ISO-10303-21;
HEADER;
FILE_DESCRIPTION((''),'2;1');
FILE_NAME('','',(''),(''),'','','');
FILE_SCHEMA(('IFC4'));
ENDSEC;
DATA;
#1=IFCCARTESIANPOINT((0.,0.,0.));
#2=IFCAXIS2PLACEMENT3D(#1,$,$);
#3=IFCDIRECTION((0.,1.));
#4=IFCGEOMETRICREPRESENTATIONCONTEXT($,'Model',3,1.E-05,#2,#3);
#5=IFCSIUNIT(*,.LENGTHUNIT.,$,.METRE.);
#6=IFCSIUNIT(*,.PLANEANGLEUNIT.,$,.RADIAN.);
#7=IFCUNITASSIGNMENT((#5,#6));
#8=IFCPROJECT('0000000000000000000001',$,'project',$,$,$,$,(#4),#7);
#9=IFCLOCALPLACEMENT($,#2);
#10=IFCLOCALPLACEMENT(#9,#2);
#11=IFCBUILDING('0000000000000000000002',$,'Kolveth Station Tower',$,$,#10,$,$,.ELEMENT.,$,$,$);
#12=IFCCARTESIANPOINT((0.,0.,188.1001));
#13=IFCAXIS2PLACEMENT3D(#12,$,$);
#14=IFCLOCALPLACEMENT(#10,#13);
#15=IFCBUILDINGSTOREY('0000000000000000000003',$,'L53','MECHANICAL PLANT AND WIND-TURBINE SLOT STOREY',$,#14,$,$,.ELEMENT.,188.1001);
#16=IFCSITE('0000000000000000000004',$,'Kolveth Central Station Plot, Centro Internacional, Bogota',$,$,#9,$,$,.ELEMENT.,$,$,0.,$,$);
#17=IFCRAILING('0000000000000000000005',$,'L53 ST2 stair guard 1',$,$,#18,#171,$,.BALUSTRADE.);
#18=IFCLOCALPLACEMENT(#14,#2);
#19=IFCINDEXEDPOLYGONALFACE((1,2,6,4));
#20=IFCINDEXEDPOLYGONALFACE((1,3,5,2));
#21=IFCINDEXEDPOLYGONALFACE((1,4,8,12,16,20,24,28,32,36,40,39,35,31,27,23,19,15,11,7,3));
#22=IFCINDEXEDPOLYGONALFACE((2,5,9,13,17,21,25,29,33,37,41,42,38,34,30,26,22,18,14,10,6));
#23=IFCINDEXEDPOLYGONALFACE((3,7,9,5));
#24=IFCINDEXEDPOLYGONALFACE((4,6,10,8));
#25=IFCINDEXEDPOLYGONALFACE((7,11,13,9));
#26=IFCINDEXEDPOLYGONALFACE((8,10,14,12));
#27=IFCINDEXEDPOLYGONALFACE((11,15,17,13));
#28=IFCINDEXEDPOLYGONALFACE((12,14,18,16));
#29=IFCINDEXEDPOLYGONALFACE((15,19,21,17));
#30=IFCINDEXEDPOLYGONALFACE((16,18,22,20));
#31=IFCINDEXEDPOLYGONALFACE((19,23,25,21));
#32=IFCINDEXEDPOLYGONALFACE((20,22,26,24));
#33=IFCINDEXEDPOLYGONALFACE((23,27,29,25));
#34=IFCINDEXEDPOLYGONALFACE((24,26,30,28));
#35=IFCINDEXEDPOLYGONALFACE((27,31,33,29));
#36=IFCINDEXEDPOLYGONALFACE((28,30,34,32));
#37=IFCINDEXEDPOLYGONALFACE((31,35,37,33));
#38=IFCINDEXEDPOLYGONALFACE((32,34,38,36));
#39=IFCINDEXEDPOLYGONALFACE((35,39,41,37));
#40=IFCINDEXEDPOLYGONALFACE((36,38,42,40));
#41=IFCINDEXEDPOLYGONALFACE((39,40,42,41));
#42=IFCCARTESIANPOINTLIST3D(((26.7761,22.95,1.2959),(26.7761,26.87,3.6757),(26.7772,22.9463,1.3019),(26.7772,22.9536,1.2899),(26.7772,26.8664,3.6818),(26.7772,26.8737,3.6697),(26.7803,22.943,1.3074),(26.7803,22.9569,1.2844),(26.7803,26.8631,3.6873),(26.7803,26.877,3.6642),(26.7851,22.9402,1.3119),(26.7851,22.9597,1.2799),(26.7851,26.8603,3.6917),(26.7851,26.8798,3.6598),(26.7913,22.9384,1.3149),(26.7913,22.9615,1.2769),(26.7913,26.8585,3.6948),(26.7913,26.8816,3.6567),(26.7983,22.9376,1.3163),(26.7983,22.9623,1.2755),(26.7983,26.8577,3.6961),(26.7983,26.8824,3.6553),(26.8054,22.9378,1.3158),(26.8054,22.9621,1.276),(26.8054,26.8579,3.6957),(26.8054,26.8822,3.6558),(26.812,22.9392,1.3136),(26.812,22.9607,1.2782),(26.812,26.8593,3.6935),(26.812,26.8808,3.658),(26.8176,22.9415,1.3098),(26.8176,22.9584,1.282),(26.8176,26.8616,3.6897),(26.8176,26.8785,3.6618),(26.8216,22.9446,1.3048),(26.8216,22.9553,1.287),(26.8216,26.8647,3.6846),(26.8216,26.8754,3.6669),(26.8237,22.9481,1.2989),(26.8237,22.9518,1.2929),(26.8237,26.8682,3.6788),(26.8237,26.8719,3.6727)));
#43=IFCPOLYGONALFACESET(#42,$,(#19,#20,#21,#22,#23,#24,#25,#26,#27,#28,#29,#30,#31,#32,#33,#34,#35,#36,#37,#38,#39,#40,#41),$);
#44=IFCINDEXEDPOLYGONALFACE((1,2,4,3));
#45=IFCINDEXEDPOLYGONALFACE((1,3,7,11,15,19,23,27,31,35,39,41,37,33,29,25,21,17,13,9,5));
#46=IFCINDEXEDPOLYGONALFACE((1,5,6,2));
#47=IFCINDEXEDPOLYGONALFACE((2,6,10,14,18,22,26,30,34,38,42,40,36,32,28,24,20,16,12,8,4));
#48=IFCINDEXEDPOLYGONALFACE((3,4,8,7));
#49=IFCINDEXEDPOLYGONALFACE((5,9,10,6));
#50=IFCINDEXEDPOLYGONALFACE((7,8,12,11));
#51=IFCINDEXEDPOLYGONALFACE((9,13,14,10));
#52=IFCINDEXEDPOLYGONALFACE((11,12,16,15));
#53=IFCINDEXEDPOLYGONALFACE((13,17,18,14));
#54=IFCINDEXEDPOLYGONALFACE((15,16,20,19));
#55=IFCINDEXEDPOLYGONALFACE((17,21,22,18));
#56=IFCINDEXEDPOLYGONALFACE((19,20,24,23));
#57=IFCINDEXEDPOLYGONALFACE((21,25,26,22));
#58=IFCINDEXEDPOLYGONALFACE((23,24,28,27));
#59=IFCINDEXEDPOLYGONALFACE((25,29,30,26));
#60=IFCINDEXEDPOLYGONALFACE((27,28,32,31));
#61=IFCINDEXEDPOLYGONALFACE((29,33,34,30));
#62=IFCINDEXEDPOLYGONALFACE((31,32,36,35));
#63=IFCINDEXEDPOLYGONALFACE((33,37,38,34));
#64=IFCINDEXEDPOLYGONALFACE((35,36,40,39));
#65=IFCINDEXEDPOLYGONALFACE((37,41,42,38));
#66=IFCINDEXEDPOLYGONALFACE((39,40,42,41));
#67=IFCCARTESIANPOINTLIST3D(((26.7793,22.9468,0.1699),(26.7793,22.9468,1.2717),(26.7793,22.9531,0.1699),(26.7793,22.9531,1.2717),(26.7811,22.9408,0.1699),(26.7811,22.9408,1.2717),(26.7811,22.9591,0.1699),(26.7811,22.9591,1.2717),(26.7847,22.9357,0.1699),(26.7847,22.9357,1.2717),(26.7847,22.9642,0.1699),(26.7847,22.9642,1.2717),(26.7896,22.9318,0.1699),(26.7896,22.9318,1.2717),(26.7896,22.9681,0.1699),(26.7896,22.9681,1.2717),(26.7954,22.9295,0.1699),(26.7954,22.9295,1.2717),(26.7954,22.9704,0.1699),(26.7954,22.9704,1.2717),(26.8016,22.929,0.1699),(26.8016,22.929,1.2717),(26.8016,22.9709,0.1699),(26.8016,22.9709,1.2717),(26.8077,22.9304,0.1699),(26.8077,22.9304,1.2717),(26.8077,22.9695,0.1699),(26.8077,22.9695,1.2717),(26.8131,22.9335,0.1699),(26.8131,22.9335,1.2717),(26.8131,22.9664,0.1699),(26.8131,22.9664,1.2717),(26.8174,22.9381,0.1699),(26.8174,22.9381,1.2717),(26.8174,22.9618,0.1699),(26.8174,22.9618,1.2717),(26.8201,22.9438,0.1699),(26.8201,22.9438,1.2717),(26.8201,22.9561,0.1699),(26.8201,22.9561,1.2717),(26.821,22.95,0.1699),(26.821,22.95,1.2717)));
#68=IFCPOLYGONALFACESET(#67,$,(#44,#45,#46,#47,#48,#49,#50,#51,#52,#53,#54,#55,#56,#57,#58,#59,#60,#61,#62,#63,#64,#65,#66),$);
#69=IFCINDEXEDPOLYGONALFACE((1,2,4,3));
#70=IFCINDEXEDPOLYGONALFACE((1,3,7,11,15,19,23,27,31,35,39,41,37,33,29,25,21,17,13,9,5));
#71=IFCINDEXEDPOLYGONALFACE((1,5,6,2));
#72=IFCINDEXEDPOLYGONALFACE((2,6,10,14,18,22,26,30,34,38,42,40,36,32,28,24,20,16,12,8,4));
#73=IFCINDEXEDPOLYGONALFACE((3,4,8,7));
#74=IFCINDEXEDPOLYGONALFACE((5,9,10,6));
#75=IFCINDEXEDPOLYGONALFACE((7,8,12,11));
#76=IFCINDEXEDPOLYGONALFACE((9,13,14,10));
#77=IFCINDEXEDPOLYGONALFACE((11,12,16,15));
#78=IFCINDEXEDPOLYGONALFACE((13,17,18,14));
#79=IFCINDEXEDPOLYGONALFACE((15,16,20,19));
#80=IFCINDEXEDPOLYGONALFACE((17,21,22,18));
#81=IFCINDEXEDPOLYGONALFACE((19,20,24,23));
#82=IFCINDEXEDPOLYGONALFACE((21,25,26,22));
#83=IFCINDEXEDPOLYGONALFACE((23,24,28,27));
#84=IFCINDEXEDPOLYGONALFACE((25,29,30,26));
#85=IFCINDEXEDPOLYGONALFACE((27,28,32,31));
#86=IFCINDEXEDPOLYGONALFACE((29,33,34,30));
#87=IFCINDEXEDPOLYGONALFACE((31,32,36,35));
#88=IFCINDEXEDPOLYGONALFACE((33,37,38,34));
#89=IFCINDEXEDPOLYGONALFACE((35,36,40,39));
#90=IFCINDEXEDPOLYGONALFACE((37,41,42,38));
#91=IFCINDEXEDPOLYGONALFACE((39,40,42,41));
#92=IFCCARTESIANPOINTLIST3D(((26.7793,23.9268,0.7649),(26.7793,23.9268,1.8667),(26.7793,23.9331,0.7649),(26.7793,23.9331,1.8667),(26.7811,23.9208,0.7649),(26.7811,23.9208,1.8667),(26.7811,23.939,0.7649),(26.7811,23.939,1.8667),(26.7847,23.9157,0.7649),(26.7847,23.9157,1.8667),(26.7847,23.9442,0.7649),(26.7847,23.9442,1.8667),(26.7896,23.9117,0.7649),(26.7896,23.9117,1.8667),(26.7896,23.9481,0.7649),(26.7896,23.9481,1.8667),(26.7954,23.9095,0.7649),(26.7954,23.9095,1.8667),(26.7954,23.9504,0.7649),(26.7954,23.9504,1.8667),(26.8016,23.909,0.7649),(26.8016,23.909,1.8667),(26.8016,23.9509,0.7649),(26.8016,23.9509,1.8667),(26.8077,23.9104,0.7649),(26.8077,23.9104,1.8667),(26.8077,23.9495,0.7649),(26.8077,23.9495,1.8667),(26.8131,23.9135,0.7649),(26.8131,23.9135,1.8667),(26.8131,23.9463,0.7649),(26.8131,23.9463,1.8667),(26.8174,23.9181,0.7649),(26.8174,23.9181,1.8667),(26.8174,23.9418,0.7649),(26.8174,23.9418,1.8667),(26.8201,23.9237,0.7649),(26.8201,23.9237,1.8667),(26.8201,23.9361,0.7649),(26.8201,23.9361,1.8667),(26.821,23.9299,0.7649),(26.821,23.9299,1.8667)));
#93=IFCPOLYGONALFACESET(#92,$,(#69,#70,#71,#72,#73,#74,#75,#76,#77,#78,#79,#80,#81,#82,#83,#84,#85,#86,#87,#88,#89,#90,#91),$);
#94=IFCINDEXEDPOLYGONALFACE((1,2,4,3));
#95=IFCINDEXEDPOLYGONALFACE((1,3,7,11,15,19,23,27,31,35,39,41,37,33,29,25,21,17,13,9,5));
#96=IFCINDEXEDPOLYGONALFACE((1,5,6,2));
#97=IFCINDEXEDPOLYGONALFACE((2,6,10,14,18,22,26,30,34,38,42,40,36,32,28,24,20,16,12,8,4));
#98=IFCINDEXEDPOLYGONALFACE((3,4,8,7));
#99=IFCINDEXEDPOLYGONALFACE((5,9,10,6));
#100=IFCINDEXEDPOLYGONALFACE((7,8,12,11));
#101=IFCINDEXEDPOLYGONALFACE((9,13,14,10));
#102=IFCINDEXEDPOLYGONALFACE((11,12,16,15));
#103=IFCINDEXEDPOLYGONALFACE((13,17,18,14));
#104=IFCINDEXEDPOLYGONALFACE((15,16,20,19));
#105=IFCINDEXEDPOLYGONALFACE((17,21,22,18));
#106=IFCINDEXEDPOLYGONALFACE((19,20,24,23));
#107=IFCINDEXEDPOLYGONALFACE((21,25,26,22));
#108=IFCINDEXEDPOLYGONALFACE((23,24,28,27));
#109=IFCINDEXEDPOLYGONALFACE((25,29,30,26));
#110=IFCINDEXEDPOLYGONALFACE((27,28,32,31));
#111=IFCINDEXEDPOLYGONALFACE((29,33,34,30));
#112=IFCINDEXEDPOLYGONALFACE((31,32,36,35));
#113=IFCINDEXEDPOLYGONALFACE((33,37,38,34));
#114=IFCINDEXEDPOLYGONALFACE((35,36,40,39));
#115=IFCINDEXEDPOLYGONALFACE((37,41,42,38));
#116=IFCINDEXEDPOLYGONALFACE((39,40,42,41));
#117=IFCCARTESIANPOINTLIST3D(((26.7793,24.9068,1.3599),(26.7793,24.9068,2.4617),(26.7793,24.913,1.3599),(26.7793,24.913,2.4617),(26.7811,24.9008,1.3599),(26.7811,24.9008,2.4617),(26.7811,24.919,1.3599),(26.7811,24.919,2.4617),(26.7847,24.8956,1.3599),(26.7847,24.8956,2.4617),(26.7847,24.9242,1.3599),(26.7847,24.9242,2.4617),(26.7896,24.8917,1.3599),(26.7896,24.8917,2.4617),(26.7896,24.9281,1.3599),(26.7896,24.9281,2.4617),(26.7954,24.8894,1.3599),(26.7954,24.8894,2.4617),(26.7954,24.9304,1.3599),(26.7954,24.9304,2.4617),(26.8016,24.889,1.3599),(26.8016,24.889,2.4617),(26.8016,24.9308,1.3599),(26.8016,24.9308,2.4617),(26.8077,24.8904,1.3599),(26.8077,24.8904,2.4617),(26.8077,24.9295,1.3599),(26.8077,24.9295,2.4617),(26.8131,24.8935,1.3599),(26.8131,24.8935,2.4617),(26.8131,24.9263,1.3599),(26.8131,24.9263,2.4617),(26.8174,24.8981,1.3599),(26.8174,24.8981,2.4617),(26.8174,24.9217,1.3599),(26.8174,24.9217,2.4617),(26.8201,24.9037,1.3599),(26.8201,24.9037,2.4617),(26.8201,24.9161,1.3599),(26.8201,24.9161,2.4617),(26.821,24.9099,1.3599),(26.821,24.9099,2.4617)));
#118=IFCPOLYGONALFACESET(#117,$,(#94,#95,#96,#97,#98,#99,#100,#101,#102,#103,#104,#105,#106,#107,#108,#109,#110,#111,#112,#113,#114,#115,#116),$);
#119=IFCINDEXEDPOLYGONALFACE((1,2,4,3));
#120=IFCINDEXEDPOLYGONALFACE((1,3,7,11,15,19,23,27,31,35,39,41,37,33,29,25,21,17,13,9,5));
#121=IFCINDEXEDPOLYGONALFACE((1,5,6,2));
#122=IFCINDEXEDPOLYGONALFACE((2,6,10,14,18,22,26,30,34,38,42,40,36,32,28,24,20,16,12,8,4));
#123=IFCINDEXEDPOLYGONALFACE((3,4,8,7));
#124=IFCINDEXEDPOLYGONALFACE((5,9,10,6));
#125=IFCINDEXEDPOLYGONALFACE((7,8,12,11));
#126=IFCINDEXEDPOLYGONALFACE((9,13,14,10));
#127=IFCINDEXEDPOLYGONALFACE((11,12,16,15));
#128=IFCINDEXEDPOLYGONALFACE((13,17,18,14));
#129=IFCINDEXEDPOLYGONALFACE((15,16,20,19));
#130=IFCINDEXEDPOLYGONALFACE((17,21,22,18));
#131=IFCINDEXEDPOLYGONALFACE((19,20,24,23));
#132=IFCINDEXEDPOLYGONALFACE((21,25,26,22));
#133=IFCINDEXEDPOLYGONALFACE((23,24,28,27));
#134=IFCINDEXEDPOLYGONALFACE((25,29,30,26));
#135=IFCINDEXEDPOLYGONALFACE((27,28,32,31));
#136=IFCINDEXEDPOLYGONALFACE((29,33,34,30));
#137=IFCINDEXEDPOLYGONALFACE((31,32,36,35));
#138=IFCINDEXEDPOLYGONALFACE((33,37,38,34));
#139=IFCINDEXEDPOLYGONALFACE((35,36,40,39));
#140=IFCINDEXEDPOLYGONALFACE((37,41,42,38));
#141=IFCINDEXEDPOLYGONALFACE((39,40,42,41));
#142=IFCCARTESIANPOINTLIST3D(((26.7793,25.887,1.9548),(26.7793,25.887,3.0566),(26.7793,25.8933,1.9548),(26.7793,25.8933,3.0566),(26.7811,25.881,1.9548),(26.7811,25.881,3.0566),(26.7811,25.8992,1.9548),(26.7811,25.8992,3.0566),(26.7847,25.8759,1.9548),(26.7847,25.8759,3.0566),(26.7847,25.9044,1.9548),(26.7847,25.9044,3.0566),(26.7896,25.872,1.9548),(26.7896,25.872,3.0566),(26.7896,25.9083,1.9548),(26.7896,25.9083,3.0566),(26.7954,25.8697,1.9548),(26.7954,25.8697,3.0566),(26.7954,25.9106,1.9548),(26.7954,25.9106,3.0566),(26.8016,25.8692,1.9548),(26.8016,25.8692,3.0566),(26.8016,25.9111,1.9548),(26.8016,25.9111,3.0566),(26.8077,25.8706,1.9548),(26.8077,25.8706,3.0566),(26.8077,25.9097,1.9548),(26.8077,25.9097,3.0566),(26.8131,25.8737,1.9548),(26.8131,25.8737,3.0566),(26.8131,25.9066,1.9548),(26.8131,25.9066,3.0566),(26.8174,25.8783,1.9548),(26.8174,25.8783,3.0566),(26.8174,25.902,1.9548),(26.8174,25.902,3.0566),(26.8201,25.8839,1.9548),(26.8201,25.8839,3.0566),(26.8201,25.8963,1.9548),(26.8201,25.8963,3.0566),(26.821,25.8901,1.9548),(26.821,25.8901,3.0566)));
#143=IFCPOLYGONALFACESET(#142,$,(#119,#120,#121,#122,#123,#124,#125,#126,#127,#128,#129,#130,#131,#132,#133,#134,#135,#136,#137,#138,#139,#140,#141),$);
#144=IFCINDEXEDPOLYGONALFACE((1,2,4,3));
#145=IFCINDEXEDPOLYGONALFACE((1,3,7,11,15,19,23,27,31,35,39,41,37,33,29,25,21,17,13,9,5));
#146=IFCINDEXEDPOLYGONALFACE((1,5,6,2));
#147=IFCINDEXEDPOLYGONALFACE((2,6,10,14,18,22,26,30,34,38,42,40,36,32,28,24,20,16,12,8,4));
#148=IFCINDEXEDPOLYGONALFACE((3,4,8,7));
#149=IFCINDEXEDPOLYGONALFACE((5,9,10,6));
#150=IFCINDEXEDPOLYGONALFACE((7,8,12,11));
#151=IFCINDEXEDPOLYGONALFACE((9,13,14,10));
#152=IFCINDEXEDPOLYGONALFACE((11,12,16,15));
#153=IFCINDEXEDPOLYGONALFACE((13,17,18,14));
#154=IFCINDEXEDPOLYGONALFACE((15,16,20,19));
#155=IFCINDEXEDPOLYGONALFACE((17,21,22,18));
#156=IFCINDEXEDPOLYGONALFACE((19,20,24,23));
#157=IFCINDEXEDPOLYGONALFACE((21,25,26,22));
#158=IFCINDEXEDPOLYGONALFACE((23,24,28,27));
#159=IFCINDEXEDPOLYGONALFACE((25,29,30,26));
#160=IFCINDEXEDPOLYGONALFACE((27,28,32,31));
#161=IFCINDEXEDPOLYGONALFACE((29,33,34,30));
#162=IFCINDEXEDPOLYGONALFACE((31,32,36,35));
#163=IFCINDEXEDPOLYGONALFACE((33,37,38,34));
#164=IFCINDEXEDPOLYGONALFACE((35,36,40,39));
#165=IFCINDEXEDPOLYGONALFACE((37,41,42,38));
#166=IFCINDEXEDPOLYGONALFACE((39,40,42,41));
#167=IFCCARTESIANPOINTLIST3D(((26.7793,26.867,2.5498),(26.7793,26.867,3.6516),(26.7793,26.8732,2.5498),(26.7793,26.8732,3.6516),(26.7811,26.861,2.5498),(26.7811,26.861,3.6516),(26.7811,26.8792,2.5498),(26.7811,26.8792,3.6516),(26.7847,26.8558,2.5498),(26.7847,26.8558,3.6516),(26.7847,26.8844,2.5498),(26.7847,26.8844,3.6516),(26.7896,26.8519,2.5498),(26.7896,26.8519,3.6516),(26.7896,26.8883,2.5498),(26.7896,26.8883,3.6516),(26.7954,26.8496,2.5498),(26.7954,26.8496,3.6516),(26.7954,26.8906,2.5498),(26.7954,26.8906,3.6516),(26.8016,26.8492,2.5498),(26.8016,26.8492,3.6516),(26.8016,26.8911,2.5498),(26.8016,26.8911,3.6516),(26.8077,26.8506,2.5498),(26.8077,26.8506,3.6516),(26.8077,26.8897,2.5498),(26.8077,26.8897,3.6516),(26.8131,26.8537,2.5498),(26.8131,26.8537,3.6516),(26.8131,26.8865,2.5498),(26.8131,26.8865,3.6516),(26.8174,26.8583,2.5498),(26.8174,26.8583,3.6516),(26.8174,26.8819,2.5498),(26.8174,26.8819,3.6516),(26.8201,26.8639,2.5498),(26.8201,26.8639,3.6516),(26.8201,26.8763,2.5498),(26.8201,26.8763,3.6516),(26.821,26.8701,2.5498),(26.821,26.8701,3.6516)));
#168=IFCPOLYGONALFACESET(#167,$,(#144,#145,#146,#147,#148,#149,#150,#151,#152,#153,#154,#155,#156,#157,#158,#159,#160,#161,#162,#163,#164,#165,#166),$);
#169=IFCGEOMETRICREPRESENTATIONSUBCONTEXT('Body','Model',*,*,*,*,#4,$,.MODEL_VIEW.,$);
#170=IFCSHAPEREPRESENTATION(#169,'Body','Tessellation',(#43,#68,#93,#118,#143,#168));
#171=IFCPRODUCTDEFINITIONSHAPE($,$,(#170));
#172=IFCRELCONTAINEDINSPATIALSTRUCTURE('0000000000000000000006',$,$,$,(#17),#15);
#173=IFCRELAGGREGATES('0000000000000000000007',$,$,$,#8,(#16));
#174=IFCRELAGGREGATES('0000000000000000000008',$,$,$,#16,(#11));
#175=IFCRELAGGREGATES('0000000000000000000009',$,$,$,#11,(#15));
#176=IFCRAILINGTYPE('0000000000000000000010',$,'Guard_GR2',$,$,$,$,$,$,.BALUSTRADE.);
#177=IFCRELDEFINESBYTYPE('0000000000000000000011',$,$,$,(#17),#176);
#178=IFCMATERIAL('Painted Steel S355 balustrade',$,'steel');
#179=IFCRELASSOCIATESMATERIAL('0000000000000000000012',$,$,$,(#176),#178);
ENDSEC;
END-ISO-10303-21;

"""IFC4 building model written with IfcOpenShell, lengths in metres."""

from ifc_helpers import new_model, si_unit, direction, frame, origin, origin_2d, place, context, subcontext, project, spatial, circle, extrude, material, type_object, element, save


model = new_model("IFC4")

# Units and contexts
model_context = context("Model", 3, precision=1e-05, world=origin(), true_north=direction((0.0, 1.0)))
body_context = subcontext(model_context, "Body", "Model", "MODEL_VIEW")
ifc_project = project(units=[si_unit("LENGTHUNIT", "METRE"), si_unit("PLANEANGLEUNIT", "RADIAN")], contexts=[model_context])

# Site, building, storey
site_placement = place(None, origin())
site = spatial("IfcSite", under=ifc_project, at=site_placement, Name="Kolveth Central Station Plot, Centro Internacional, Bogota", CompositionType="ELEMENT", RefElevation=0.0)
building_placement = place(site_placement, origin())
building = spatial("IfcBuilding", under=site, at=building_placement, Name="Kolveth Station Tower", CompositionType="ELEMENT")
storey_placement = place(building_placement, frame((0.0, 0.0, 188.1001)))
storey = spatial("IfcBuildingStorey", under=building, at=storey_placement, Name="L53", Description="MECHANICAL PLANT AND WIND-TURBINE SLOT STOREY", CompositionType="ELEMENT", Elevation=188.1001)

# Railing
ifc_material_1 = material(Name="Painted Steel S355 balustrade", Category="steel")
railing_type_1 = type_object("IfcRailingType", Name="Guard_GR2", PredefinedType="BALUSTRADE", material=ifc_material_1)
railing_1_placement = place(storey_placement, frame((26.8, 22.95, 0.1699)))
element("IfcRailing", 1, at=railing_1_placement, inside=storey, type_object=railing_type_1, Name="L53 ST2 stair guard 1", PredefinedType="BALUSTRADE", context=body_context, shape_type="SweptSolid", body=[
    extrude(circle(Radius=0.0239, at=origin_2d()), frame((0.0, 0.0, 1.126), z_axis=(0.0, 0.854809, 0.518943), x_axis=(-1.0, 0.0, 0.0)), (0.0, 0.0, 1.0), 4.5859),
    extrude(circle(Radius=0.021, at=origin_2d()), origin(), (0.0, 0.0, 1.0), 1.1018),
    extrude(circle(Radius=0.021, at=origin_2d()), frame((0.0, 0.98, 0.595)), (0.0, 0.0, 1.0), 1.1018),
    extrude(circle(Radius=0.021, at=origin_2d()), frame((0.0, 1.96, 1.1899)), (0.0, 0.0, 1.0), 1.1018),
    extrude(circle(Radius=0.021, at=origin_2d()), frame((0.0, 2.9402, 1.7849)), (0.0, 0.0, 1.0), 1.1018),
    extrude(circle(Radius=0.021, at=origin_2d()), frame((0.0, 3.9202, 2.3799)), (0.0, 0.0, 1.0), 1.1018),
])

save(model, "model.ifc")
